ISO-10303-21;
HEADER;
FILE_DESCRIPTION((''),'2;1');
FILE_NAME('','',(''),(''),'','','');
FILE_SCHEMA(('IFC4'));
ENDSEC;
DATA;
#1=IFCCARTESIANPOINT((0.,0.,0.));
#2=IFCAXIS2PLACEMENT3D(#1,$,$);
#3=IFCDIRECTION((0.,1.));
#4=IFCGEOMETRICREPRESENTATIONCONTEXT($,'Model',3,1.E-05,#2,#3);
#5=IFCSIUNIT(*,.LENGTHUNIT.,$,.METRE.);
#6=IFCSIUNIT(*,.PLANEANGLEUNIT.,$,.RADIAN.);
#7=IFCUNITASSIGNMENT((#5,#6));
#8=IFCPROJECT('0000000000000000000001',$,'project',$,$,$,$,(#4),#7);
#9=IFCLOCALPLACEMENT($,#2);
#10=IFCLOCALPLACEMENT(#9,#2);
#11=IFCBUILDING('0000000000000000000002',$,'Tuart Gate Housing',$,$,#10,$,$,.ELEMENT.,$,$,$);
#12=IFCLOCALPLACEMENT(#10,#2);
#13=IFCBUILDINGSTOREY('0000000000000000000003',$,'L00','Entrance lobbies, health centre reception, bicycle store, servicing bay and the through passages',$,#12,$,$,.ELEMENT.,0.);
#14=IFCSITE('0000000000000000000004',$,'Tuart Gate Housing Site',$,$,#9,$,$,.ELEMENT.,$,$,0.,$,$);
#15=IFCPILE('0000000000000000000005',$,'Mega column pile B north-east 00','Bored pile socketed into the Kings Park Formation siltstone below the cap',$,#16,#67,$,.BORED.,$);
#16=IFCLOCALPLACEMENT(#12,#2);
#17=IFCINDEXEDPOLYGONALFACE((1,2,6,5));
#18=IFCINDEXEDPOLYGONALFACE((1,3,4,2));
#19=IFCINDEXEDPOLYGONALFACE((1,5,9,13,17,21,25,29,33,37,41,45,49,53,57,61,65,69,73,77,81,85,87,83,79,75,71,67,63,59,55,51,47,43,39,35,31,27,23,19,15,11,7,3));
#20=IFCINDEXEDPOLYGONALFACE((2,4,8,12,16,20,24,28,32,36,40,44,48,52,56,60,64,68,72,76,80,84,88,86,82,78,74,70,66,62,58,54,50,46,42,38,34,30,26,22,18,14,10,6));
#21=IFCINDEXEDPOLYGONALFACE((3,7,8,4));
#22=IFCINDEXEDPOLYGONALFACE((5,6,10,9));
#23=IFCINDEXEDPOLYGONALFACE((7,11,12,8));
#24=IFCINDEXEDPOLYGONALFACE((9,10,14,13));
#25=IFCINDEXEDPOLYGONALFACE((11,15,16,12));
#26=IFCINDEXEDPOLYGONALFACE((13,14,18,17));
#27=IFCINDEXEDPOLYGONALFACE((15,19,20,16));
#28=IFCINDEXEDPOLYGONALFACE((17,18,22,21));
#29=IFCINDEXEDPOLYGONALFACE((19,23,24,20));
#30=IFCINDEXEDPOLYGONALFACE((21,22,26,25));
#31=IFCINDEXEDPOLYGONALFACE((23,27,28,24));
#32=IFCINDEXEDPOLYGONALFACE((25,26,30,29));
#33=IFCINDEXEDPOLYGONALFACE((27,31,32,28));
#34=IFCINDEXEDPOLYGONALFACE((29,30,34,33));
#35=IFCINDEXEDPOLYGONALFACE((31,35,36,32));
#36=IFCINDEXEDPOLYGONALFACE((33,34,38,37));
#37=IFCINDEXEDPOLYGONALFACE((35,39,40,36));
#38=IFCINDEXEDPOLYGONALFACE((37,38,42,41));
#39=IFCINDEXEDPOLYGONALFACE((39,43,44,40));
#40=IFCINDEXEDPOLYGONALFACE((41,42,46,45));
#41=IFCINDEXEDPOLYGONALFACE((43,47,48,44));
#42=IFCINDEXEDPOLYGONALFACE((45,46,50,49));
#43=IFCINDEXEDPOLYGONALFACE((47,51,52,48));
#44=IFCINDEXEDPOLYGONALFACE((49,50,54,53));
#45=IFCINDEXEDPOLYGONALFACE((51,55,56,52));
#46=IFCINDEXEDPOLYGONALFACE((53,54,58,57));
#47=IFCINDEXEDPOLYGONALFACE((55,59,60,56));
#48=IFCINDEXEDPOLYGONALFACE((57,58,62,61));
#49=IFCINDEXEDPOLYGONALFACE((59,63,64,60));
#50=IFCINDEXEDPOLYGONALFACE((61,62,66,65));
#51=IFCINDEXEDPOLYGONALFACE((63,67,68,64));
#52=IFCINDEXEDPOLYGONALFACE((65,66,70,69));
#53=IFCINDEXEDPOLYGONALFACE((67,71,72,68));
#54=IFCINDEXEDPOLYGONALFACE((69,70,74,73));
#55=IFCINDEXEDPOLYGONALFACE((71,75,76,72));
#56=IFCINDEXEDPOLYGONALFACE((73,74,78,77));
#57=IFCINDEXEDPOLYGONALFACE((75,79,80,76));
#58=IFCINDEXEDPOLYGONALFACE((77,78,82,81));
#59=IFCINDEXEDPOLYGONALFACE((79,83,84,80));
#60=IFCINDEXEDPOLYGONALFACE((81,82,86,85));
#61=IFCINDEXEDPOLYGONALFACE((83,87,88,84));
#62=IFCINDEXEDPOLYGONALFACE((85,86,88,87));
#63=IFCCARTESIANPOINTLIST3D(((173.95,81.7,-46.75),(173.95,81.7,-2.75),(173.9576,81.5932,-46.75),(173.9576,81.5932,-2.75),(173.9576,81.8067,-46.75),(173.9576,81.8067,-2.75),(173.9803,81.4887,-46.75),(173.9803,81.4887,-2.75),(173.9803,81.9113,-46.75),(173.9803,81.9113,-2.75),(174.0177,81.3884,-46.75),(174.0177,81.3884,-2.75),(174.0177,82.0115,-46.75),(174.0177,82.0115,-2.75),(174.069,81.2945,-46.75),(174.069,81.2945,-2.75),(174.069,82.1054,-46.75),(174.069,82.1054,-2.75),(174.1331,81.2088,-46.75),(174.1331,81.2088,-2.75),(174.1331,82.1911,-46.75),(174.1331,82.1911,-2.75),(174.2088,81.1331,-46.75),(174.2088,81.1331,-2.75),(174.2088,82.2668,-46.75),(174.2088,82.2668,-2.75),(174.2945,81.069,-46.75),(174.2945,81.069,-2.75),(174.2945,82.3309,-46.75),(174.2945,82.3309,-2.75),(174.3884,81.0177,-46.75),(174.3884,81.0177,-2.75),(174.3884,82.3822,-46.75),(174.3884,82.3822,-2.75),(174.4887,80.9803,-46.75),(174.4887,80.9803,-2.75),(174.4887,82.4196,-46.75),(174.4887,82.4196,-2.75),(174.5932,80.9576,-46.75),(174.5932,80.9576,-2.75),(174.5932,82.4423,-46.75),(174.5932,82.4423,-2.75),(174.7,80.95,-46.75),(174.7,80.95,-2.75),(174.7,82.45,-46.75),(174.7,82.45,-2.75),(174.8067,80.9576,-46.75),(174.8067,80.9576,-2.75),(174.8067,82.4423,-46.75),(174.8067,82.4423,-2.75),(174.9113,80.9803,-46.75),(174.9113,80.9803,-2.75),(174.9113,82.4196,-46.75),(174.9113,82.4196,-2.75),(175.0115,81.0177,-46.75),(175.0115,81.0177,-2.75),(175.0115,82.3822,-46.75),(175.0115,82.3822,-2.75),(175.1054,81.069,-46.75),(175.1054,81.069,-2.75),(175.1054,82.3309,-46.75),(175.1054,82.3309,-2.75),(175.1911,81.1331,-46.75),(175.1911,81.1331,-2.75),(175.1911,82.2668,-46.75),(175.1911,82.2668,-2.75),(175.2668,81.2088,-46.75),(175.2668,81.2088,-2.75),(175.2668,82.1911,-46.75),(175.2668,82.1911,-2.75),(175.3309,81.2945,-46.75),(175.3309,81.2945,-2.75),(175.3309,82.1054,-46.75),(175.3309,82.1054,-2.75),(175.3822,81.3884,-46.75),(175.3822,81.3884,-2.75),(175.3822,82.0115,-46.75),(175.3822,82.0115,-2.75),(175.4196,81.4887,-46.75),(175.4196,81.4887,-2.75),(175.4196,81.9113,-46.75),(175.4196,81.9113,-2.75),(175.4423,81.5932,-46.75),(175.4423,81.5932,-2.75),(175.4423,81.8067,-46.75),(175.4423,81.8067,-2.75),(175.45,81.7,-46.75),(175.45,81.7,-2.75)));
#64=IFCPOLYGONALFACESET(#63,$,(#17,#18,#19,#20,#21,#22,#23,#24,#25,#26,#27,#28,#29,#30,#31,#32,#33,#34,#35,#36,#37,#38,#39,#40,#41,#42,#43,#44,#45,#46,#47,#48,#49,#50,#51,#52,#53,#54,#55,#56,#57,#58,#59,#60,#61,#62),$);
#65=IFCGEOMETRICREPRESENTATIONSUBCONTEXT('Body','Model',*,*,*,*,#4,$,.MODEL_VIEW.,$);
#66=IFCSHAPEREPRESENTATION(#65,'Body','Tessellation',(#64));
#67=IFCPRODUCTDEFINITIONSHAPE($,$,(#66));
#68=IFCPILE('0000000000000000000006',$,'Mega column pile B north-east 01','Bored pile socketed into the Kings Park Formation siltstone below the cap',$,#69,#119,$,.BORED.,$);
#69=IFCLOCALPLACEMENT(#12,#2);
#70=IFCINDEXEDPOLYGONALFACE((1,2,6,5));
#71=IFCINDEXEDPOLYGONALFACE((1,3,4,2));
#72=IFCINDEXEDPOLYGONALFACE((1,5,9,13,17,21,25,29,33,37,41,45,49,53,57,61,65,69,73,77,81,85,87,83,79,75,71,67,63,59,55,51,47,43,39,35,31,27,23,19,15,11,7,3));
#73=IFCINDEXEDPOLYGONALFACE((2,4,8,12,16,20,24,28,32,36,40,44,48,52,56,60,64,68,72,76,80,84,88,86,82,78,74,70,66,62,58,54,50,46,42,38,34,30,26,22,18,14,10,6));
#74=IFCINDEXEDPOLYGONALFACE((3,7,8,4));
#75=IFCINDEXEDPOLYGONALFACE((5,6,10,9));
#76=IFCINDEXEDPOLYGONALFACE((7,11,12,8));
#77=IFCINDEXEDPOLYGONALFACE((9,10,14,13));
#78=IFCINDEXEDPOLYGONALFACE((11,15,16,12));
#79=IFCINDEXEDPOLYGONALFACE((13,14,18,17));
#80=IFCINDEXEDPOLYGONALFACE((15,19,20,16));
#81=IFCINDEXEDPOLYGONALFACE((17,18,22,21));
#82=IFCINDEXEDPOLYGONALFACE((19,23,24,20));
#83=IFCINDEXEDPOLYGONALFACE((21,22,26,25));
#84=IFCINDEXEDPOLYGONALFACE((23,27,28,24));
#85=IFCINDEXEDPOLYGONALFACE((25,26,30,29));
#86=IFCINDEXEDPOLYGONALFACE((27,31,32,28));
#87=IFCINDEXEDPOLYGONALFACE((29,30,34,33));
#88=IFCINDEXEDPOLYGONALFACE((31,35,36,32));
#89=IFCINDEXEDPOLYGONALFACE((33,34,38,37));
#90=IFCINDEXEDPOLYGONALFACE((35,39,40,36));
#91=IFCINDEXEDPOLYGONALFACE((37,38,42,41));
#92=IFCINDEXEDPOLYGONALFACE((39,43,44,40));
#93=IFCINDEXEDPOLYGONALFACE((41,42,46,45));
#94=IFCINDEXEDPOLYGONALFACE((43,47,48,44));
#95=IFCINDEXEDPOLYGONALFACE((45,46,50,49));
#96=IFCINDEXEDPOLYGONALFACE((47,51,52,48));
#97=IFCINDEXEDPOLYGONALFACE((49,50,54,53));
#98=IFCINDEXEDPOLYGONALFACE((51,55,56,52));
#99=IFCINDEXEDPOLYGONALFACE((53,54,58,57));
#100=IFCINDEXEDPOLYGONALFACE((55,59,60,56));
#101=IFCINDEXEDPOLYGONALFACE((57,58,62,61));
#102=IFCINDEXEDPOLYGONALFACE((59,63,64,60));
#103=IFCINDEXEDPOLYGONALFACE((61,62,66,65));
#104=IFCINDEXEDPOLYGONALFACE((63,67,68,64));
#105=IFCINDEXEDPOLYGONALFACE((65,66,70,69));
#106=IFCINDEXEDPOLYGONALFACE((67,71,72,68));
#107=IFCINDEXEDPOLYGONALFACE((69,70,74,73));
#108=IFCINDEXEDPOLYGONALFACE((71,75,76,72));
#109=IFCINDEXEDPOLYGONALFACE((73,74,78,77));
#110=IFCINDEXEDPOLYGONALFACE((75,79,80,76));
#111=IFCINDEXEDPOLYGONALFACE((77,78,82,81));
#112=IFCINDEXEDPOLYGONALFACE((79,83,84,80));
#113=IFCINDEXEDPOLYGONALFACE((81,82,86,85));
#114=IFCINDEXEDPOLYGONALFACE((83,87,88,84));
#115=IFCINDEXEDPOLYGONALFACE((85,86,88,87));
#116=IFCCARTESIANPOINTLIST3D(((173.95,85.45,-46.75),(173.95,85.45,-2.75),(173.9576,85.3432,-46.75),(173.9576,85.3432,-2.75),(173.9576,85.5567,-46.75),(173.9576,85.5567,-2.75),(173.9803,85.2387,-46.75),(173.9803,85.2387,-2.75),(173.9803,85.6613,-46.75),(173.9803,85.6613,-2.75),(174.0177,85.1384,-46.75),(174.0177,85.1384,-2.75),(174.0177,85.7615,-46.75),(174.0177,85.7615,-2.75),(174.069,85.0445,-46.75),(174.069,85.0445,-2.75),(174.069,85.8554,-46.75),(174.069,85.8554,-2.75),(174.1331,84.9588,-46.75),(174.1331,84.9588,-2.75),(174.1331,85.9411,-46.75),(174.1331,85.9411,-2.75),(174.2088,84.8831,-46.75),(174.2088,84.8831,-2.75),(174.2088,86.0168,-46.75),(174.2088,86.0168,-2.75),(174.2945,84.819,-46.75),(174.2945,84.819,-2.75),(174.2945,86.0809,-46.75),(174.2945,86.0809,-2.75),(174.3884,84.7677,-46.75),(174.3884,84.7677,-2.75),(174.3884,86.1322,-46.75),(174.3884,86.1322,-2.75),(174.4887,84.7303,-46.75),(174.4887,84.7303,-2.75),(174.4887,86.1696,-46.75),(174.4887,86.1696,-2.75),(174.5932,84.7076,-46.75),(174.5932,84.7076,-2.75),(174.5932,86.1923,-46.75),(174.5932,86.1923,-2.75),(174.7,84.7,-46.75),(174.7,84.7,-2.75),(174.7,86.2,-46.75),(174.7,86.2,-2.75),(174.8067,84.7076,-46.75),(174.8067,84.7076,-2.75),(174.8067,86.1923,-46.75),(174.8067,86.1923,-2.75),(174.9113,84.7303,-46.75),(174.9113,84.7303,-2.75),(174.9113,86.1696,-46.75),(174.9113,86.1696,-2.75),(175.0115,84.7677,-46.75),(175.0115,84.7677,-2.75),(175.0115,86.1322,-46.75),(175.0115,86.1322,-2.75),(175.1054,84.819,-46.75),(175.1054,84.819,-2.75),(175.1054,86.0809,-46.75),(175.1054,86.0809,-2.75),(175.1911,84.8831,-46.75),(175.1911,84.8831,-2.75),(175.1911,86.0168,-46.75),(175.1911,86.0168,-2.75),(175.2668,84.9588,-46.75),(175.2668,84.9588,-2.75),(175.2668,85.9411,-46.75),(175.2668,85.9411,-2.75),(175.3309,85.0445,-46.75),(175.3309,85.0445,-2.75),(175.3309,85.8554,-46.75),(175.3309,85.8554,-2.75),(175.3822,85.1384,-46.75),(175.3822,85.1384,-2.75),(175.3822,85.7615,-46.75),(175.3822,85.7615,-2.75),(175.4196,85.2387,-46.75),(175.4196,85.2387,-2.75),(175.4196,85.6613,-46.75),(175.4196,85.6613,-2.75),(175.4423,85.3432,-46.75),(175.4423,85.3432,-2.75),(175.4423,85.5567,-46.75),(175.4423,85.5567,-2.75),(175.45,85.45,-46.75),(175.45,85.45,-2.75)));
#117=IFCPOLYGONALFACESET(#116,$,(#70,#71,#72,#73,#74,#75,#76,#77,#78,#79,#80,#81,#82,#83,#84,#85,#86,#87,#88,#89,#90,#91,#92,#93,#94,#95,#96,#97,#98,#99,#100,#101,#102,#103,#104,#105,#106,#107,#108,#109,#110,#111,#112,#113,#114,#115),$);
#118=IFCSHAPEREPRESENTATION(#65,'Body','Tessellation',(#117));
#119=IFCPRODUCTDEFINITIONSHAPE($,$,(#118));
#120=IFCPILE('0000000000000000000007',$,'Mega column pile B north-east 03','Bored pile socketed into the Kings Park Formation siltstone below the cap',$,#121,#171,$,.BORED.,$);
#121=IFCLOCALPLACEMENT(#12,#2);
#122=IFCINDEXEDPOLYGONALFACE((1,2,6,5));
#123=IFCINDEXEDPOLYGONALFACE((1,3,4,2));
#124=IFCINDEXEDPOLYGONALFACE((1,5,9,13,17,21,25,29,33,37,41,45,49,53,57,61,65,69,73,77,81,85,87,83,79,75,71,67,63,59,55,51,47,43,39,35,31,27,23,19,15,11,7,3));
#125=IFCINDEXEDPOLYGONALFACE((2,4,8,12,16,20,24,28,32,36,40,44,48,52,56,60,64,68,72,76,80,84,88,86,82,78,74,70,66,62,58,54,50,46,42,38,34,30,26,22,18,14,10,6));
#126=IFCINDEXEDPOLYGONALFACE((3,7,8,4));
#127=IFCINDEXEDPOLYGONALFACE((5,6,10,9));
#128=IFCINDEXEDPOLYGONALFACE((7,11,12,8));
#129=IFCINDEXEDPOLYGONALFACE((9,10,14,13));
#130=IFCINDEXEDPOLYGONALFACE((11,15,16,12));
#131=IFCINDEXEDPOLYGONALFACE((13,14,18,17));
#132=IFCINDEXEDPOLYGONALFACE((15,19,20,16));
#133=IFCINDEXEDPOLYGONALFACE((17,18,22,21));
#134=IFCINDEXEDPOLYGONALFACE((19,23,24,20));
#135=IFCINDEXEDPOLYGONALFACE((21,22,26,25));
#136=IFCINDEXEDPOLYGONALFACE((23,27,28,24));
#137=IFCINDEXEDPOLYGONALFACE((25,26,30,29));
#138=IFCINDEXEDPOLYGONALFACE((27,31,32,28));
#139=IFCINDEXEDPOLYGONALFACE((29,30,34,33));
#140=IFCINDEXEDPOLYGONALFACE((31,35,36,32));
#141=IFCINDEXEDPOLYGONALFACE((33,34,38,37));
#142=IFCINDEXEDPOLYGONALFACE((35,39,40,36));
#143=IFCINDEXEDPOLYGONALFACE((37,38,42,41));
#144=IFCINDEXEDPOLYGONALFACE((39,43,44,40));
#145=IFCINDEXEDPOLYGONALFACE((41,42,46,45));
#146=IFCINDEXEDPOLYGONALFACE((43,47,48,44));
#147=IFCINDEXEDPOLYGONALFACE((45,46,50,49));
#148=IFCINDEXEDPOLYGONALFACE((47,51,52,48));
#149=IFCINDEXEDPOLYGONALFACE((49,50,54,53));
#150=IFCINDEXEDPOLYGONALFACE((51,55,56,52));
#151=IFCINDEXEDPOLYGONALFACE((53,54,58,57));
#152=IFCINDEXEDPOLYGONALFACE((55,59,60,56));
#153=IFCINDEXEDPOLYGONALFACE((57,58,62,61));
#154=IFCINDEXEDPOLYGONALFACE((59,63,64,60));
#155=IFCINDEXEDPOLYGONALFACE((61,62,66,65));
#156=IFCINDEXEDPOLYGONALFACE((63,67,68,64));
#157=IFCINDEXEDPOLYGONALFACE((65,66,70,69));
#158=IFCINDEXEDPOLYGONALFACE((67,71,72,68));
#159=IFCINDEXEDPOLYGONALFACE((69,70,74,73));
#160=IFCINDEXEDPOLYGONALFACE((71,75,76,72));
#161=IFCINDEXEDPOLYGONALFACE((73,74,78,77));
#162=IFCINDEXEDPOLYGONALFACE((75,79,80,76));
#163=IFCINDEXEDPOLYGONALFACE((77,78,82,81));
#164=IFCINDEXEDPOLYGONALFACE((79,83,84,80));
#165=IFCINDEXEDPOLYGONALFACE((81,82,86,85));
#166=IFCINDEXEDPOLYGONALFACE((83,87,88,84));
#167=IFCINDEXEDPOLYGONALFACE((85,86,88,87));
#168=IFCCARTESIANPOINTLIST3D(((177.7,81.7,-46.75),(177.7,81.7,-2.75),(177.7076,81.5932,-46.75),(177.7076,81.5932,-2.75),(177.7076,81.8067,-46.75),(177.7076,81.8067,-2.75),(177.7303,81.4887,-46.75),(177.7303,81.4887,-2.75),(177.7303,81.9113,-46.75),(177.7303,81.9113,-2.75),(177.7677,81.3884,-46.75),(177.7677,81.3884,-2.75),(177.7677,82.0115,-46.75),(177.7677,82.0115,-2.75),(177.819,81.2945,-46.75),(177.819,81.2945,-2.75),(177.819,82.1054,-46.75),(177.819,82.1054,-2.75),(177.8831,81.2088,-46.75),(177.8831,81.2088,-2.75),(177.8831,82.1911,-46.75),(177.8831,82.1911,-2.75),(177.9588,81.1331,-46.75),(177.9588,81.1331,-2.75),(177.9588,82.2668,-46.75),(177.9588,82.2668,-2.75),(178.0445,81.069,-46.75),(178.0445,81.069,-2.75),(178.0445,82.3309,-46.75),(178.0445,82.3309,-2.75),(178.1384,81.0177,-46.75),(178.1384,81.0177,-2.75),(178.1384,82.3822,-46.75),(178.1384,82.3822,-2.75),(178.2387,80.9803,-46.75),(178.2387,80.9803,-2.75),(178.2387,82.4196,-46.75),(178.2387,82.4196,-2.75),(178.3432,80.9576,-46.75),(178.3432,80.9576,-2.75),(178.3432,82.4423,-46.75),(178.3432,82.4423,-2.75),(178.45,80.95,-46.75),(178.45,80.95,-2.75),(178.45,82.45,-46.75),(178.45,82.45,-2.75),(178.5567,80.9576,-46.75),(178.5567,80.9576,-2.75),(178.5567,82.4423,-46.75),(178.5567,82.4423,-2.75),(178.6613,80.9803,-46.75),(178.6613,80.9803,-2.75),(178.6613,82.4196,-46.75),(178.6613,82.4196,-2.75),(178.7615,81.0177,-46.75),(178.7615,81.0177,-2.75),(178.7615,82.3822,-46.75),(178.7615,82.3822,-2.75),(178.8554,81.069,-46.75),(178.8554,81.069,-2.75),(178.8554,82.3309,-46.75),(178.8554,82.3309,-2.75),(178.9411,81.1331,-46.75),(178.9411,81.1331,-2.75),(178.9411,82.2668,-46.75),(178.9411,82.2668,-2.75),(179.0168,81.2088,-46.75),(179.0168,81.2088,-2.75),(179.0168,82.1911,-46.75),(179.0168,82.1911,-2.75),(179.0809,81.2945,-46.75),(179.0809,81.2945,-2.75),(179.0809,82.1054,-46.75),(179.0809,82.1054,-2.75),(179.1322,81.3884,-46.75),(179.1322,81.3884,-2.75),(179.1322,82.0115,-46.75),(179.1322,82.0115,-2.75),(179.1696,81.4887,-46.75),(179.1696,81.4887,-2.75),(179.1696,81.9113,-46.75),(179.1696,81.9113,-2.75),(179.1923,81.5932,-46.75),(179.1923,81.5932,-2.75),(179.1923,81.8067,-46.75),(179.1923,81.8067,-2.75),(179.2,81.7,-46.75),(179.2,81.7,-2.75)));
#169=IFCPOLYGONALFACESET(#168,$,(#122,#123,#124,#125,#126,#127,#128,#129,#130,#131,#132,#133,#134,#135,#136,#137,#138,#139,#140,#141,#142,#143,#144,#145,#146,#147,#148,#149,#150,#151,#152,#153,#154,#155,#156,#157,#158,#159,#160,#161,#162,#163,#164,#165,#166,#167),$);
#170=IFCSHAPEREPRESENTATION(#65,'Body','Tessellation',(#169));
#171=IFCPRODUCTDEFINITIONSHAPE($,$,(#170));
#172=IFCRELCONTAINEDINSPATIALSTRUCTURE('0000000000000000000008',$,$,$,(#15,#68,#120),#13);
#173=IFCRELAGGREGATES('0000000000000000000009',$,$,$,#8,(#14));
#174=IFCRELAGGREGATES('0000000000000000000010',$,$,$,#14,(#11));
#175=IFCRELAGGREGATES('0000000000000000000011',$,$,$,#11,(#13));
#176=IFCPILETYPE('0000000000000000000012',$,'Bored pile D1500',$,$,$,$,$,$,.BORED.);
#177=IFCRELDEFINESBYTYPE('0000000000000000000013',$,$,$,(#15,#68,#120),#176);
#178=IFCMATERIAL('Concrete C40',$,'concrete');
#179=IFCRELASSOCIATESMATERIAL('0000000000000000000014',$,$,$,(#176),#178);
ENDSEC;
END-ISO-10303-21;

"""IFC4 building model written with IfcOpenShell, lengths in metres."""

from ifc_helpers import new_model, si_unit, direction, frame, origin, origin_2d, place, context, subcontext, project, spatial, circle, extrude, material, material_profile, profile_set, type_object, element, save


model = new_model("IFC4")

# Units and contexts
model_context = context("Model", 3, precision=1e-05, world=origin(), true_north=direction((0.0, 1.0)))
body_context = subcontext(model_context, "Body", "Model", "MODEL_VIEW")
ifc_project = project(units=[si_unit("LENGTHUNIT", "METRE"), si_unit("PLANEANGLEUNIT", "RADIAN")], contexts=[model_context])

# Site, building, storey
site_placement = place(None, origin())
site = spatial("IfcSite", under=ifc_project, at=site_placement, Name="Tuart Gate Housing Site", CompositionType="ELEMENT", RefElevation=0.0)
building_placement = place(site_placement, origin())
building = spatial("IfcBuilding", under=site, at=building_placement, Name="Tuart Gate Housing", CompositionType="ELEMENT")
storey_placement = place(building_placement, origin())
storey = spatial("IfcBuildingStorey", under=building, at=storey_placement, Name="L00", Description="Entrance lobbies, health centre reception, bicycle store, servicing bay and the through passages", CompositionType="ELEMENT", Elevation=0.0)

# Piles
ifc_material_1 = material(Name="Concrete C40", Category="concrete")
ifc_material_profile_1 = material_profile(ifc_material_1, circle(Radius=0.75, at=origin_2d()), Name="Bored pile D1500")
ifc_profile_set_1 = profile_set([ifc_material_profile_1], Name="Concrete C40")
pile_type = type_object("IfcPileType", Name="Bored pile D1500", PredefinedType="BORED", material=ifc_profile_set_1)
for number, where, z_axis, x_axis, name in (
    (1, (174.7, 81.7, -2.75), (0.0, 0.0, -1.0), (1.0, 0.0, 0.0), "Mega column pile B north-east 00"),
    (2, (174.7, 85.45, -2.75), (0.0, 0.0, -1.0), (1.0, 0.0, 0.0), "Mega column pile B north-east 01"),
    (3, (178.45, 81.7, -2.75), (0.0, 0.0, -1.0), (1.0, 0.0, 0.0), "Mega column pile B north-east 03"),
):
    element("IfcPile", number, at=place(storey_placement, frame(where, z_axis=z_axis, x_axis=x_axis)), inside=storey, type_object=pile_type, Name=name, Description="Bored pile socketed into the Kings Park Formation siltstone below the cap", PredefinedType="BORED", context=body_context, shape_type="SweptSolid", body=[
        extrude(circle(Radius=0.75, at=origin_2d()), origin(), (0.0, 0.0, 1.0), 44.0),
    ])

save(model, "model.ifc")
